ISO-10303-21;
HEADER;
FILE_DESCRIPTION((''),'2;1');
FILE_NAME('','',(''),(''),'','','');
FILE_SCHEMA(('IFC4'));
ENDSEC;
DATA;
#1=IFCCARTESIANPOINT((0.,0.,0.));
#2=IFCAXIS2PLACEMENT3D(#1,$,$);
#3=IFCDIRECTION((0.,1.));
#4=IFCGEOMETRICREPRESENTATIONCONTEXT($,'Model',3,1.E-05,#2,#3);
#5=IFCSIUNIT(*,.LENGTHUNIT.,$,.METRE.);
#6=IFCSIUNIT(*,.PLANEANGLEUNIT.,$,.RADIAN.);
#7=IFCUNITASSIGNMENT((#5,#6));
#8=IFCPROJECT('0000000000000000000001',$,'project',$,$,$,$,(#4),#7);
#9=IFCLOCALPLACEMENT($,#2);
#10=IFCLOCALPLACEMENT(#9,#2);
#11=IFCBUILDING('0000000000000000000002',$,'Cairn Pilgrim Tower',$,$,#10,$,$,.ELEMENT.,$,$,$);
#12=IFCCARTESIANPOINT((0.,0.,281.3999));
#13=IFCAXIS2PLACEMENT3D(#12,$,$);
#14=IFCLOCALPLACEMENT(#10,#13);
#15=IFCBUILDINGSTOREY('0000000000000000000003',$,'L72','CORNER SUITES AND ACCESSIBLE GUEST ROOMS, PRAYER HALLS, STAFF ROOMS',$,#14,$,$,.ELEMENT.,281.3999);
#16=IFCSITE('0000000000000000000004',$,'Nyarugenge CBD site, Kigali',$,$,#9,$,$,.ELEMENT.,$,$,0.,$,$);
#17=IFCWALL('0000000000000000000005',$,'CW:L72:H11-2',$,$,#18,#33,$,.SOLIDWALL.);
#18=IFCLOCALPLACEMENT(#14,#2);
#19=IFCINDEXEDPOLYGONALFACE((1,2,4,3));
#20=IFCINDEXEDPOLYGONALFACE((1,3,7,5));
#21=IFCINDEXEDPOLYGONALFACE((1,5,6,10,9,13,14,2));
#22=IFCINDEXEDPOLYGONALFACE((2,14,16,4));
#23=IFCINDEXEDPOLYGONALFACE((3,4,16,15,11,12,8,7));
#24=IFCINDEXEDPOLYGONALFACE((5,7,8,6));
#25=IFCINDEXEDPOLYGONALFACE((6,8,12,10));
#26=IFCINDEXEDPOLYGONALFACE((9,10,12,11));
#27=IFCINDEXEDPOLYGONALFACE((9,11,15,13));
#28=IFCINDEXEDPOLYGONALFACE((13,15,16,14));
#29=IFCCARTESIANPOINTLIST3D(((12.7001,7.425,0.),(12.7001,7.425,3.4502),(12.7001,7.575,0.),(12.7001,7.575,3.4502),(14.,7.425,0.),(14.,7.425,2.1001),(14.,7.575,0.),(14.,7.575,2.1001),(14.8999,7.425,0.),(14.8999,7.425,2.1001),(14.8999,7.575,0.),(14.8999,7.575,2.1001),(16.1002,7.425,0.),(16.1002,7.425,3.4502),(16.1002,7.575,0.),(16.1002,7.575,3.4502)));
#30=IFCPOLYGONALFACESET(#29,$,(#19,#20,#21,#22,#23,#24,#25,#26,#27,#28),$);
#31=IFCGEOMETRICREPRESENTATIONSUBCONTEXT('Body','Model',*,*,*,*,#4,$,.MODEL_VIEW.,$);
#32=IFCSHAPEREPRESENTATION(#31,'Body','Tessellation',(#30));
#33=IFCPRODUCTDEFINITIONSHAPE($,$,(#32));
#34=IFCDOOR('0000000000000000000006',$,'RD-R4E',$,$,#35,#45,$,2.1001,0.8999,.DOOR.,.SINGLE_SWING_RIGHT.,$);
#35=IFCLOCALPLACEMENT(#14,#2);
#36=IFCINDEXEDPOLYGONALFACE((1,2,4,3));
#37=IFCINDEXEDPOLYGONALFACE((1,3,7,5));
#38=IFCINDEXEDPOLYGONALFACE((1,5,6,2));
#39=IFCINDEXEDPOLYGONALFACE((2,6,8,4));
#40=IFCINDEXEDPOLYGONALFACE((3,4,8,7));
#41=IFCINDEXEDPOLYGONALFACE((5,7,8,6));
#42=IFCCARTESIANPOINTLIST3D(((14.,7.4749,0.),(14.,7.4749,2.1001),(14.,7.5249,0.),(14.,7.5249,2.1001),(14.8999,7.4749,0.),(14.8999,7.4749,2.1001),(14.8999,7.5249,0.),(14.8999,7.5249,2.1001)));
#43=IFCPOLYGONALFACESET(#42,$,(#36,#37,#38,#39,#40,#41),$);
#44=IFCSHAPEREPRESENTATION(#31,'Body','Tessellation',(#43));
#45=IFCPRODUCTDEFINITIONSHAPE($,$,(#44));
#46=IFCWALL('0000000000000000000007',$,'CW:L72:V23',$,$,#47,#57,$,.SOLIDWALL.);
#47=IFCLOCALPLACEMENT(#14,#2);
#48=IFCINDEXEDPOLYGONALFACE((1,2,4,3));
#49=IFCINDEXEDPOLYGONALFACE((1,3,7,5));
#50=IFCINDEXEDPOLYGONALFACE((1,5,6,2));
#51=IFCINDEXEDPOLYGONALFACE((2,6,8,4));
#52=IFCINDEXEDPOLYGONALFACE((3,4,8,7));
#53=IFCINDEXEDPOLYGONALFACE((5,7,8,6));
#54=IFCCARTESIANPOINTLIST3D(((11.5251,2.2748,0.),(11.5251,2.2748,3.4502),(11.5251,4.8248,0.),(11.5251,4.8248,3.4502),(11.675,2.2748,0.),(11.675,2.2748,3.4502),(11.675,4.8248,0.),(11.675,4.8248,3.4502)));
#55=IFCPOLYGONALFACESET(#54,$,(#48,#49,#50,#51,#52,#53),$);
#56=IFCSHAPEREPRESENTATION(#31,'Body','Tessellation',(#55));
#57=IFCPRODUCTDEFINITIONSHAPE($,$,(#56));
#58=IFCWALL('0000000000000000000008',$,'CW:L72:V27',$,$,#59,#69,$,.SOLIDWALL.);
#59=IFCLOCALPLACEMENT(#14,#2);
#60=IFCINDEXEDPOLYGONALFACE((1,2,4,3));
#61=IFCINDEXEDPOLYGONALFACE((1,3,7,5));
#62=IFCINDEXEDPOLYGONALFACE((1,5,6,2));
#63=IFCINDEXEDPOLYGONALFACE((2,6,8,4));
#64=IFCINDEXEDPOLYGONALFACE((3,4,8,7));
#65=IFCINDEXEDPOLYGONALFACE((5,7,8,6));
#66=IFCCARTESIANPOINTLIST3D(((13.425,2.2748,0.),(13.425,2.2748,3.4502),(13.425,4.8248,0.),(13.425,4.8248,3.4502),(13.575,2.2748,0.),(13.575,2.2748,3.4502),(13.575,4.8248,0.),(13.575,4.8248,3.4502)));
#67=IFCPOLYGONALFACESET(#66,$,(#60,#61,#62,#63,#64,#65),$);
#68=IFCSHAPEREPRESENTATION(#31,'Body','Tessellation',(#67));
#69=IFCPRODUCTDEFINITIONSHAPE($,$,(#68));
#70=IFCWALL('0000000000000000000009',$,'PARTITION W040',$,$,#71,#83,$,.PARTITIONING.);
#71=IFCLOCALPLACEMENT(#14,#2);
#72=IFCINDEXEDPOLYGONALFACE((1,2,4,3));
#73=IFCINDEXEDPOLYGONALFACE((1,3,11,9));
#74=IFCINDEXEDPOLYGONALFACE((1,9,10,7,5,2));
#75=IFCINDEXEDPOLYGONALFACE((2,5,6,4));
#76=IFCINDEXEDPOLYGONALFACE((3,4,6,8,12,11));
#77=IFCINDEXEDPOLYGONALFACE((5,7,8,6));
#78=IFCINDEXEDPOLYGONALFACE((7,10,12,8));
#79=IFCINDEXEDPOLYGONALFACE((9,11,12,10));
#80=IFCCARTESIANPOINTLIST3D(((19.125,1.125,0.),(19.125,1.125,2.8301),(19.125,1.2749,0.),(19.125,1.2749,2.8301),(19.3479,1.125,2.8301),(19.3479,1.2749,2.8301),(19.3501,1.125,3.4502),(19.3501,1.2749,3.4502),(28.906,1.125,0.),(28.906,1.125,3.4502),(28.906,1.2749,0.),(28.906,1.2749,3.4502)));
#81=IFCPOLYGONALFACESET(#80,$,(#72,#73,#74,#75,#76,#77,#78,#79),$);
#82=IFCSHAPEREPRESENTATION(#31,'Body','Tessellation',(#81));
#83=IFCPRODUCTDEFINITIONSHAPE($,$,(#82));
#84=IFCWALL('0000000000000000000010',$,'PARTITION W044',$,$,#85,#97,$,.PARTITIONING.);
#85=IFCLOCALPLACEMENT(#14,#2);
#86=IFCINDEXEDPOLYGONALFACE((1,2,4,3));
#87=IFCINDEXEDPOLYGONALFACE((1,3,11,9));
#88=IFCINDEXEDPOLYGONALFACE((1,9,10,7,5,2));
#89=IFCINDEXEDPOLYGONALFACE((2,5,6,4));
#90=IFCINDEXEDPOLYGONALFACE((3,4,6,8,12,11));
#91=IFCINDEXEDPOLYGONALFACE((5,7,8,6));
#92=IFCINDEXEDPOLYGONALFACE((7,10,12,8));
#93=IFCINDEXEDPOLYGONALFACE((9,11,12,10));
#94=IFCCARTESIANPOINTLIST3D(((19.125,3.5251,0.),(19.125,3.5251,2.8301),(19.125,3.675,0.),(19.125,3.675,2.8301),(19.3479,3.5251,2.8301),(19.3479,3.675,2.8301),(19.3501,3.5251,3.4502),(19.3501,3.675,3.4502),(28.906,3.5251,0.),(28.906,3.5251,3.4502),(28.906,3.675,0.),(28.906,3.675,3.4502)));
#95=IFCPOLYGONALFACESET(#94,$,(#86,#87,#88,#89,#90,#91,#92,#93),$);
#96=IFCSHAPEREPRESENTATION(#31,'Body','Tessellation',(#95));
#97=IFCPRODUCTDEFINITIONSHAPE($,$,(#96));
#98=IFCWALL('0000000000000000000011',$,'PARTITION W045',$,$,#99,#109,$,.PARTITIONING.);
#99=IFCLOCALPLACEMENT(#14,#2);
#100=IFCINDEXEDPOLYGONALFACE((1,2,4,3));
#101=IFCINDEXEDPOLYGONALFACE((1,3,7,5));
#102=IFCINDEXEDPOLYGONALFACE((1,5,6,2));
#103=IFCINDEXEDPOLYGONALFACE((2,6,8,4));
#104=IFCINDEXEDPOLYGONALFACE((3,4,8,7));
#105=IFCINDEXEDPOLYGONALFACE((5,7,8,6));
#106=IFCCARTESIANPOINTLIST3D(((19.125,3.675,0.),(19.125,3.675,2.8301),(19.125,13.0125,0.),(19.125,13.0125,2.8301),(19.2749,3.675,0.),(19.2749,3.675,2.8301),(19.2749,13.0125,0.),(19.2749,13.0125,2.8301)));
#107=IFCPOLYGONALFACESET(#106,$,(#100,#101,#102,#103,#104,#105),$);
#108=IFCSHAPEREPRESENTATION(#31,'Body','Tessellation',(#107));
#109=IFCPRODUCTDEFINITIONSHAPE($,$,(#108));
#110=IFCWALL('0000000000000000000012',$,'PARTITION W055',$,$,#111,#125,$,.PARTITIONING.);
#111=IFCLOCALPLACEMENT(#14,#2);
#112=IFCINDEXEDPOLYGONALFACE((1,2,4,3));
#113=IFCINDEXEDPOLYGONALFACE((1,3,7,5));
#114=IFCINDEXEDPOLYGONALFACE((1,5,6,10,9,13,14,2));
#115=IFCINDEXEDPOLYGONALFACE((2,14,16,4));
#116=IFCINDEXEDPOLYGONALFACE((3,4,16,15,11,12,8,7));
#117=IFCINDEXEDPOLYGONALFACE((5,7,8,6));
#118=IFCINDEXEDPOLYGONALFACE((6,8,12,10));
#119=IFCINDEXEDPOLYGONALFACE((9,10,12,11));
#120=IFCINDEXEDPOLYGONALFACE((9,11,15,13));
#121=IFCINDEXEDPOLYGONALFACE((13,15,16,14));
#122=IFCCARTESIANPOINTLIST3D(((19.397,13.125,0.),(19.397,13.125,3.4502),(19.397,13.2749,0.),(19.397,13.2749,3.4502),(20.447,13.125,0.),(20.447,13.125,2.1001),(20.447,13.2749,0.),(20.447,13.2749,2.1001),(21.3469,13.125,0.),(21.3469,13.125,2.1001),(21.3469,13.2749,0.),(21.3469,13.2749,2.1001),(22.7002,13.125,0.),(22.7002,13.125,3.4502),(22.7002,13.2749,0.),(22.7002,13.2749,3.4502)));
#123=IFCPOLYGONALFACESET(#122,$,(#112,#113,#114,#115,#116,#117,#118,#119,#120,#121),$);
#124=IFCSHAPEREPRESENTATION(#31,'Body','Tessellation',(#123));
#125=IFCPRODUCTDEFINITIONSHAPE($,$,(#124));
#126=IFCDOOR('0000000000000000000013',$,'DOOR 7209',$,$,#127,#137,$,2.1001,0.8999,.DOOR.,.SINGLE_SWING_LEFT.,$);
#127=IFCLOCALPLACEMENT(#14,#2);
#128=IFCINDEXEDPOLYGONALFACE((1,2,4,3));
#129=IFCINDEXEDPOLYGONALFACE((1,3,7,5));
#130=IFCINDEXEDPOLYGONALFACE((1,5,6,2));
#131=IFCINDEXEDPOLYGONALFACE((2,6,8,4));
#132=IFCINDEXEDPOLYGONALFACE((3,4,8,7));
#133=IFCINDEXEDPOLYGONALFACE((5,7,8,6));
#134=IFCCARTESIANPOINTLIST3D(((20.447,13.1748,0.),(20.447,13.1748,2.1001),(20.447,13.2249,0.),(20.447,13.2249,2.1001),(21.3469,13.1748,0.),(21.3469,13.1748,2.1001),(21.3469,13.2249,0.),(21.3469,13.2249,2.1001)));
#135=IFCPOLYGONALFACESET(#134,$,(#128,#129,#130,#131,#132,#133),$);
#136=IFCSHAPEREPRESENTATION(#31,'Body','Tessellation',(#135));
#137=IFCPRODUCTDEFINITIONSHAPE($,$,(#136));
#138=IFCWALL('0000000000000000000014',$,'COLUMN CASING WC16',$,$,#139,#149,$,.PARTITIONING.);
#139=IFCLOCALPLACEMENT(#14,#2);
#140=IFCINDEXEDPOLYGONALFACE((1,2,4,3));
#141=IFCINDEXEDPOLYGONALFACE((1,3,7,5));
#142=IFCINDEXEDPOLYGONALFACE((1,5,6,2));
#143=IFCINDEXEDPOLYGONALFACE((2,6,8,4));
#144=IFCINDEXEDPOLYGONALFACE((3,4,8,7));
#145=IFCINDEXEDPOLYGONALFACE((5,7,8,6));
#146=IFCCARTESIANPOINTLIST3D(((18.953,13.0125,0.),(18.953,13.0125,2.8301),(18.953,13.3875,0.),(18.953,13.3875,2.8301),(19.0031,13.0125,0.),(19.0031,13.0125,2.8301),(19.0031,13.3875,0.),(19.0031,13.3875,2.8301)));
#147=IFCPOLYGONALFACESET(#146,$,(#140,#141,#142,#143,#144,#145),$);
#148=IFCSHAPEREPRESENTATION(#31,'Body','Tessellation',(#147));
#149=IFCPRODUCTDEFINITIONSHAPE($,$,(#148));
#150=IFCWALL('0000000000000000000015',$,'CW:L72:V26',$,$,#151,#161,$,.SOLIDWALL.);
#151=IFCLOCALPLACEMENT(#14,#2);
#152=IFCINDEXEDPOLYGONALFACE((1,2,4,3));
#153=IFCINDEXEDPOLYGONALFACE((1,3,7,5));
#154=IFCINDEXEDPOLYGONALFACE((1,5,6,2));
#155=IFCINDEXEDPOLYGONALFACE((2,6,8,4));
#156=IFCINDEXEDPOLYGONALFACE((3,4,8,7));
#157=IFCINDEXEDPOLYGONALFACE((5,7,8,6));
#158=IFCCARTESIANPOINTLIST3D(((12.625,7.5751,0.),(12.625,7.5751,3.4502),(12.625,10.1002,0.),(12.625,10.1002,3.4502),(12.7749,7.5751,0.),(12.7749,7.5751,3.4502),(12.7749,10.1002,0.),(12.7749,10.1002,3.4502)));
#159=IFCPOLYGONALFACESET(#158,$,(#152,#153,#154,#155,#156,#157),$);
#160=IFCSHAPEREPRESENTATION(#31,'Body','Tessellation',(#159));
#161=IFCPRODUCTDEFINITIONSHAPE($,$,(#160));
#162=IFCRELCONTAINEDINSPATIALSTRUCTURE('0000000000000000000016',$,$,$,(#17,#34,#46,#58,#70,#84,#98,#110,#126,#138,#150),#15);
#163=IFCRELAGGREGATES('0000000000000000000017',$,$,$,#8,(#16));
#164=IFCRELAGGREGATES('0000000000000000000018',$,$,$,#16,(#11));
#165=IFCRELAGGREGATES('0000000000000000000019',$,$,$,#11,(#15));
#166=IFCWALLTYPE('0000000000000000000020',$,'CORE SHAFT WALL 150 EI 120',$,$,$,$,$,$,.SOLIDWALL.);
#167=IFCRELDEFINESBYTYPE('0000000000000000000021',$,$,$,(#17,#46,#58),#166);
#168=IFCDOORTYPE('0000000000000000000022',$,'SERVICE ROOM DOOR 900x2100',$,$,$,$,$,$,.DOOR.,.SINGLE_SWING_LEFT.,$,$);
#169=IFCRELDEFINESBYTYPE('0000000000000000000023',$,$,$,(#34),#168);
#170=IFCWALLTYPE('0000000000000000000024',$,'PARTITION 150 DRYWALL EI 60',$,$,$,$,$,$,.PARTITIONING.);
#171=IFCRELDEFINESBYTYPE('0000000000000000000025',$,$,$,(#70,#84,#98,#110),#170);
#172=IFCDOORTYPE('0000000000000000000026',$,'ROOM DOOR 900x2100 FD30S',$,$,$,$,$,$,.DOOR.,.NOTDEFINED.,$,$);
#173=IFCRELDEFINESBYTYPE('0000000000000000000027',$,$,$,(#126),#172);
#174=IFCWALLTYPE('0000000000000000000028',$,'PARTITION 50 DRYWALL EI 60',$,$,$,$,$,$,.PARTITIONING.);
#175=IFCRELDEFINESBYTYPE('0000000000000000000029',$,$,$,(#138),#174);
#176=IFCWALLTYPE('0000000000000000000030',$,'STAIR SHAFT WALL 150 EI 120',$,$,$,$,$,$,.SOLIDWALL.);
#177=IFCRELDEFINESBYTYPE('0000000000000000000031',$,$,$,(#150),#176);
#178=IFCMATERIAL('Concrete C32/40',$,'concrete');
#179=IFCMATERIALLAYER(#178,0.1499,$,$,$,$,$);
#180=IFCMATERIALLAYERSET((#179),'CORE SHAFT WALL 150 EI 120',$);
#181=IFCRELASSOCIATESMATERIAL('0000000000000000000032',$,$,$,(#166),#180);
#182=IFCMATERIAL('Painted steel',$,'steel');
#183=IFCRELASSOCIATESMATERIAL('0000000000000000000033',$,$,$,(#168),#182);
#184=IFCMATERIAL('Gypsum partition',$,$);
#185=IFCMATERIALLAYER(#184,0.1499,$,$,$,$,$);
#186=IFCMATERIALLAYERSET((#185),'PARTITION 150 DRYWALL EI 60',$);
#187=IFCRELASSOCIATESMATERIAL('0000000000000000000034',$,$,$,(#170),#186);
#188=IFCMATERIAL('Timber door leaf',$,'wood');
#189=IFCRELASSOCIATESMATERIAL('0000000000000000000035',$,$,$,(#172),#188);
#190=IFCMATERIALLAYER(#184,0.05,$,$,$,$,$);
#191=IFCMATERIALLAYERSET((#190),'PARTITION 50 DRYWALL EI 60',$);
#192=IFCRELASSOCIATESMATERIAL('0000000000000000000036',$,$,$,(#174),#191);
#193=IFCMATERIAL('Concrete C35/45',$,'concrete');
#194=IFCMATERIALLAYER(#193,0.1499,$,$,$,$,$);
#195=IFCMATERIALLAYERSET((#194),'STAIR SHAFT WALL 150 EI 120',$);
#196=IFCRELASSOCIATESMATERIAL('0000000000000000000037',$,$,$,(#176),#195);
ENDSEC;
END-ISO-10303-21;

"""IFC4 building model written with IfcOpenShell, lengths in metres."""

from ifc_helpers import new_model, si_unit, direction, frame, frame_2d, origin, place, context, subcontext, project, spatial, polyline, rectangle, outline, extrude, material, layer, layer_set, type_object, element, fill, save


model = new_model("IFC4")

# Units and contexts
model_context = context("Model", 3, precision=1e-05, world=origin(), true_north=direction((0.0, 1.0)))
body_context = subcontext(model_context, "Body", "Model", "MODEL_VIEW")
ifc_project = project(units=[si_unit("LENGTHUNIT", "METRE"), si_unit("PLANEANGLEUNIT", "RADIAN")], contexts=[model_context])

# Site, building, storey
site_placement = place(None, origin())
site = spatial("IfcSite", under=ifc_project, at=site_placement, Name="Nyarugenge CBD site, Kigali", CompositionType="ELEMENT", RefElevation=0.0)
building_placement = place(site_placement, origin())
building = spatial("IfcBuilding", under=site, at=building_placement, Name="Cairn Pilgrim Tower", CompositionType="ELEMENT")
storey_placement = place(building_placement, frame((0.0, 0.0, 281.3999)))
storey = spatial("IfcBuildingStorey", under=building, at=storey_placement, Name="L72", Description="CORNER SUITES AND ACCESSIBLE GUEST ROOMS, PRAYER HALLS, STAFF ROOMS", CompositionType="ELEMENT", Elevation=281.3999)

# Shared definitions
ifc_material_1 = material(Name="Concrete C32/40", Category="concrete")

# Wall, opening, door
ifc_layer_1 = layer(ifc_material_1, 0.1499)
ifc_layer_set_1 = layer_set([ifc_layer_1], Name="CORE SHAFT WALL 150 EI 120")
wall_type_1 = type_object("IfcWallType", Name="CORE SHAFT WALL 150 EI 120", PredefinedType="SOLIDWALL", material=ifc_layer_set_1)
wall_1_placement = place(storey_placement, frame((12.7, 7.5, 0.0), z_axis=(0.0, 0.0, 1.0), x_axis=(1.0, 0.0, 0.0)))
wall_1 = element("IfcWall", 1, at=wall_1_placement, inside=storey, type_object=wall_type_1, Name="CW:L72:H11-2", PredefinedType="SOLIDWALL", context=body_context, shape_type="SweptSolid", body=[
    extrude(rectangle(XDim=3.4001, YDim=0.1499, at=frame_2d((1.7002, 0.0))), origin(), (0.0, 0.0, 1.0), 3.4502),
])
opening_1_placement = place(wall_1_placement, frame((1.3, 0.0, 0.0)))
opening_1 = element("IfcOpeningElement", 2, at=opening_1_placement, cuts=wall_1, PredefinedType="OPENING", context=body_context, shape_type="SweptSolid", body=[
    extrude(rectangle(XDim=0.8999, YDim=2.1001, at=frame_2d((0.45, 1.05))), frame((0.0, 0.085, 0.0), z_axis=(0.0, -1.0, 0.0), x_axis=(1.0, 0.0, 0.0)), (0.0, 0.0, 1.0), 0.1699),
])
ifc_material_2 = material(Name="Painted steel", Category="steel")
door_type_1 = type_object("IfcDoorType", Name="SERVICE ROOM DOOR 900x2100", OperationType="SINGLE_SWING_LEFT", PredefinedType="DOOR", material=ifc_material_2)
door_1_placement = place(opening_1_placement, origin())
door_1 = element("IfcDoor", 3, at=door_1_placement, inside=storey, type_object=door_type_1, Name="RD-R4E", OperationType="SINGLE_SWING_RIGHT", OverallHeight=2.1001, OverallWidth=0.8999, PredefinedType="DOOR", context=body_context, shape_type="SweptSolid", body=[
    extrude(rectangle(XDim=0.8999, YDim=2.1001, at=frame_2d((0.45, 1.05))), frame((0.0, 0.0249, 0.0), z_axis=(0.0, -1.0, 0.0), x_axis=(1.0, 0.0, 0.0)), (0.0, 0.0, 1.0), 0.05),
])
fill(opening_1, door_1)

# Walls
for number, where, z_axis, x_axis, name in (
    (4, (11.6001, 2.2749, 0.0), (0.0, 0.0, 1.0), (0.0, 1.0, 0.0), "CW:L72:V23"),
    (5, (13.5, 2.2749, 0.0), (0.0, 0.0, 1.0), (0.0, 1.0, 0.0), "CW:L72:V27"),
):
    element("IfcWall", number, at=place(storey_placement, frame(where, z_axis=z_axis, x_axis=x_axis)), inside=storey, type_object=wall_type_1, Name=name, PredefinedType="SOLIDWALL", context=body_context, shape_type="SweptSolid", body=[
        extrude(rectangle(XDim=2.55, YDim=0.1499, at=frame_2d((1.2749, 0.0))), origin(), (0.0, 0.0, 1.0), 3.4502),
    ])
ifc_material_3 = material(Name="Gypsum partition")
ifc_layer_2 = layer(ifc_material_3, 0.1499)
ifc_layer_set_2 = layer_set([ifc_layer_2], Name="PARTITION 150 DRYWALL EI 60")
wall_type_2 = type_object("IfcWallType", Name="PARTITION 150 DRYWALL EI 60", PredefinedType="PARTITIONING", material=ifc_layer_set_2)
for number, where, z_axis, x_axis, name in (
    (6, (19.125, 1.2, 0.0), (0.0, 0.0, 1.0), (1.0, 0.0, 0.0), "PARTITION W040"),
    (7, (19.125, 3.6001, 0.0), (0.0, 0.0, 1.0), (1.0, 0.0, 0.0), "PARTITION W044"),
):
    element("IfcWall", number, at=place(storey_placement, frame(where, z_axis=z_axis, x_axis=x_axis)), inside=storey, type_object=wall_type_2, Name=name, PredefinedType="PARTITIONING", context=body_context, shape_type="SweptSolid", body=[
        extrude(outline(polyline([(0.0, 0.0), (9.781, 0.0), (9.781, 3.4502), (0.2251, 3.4502), (0.2229, 2.8301), (0.0, 2.8301), (0.0, 0.0)])), frame((0.0, 0.075, 0.0), z_axis=(0.0, -1.0, 0.0), x_axis=(1.0, 0.0, 0.0)), (0.0, 0.0, 1.0), 0.1499),
    ])
wall_2_placement = place(storey_placement, frame((19.2, 3.675, 0.0), z_axis=(0.0, 0.0, 1.0), x_axis=(0.0, 1.0, 0.0)))
element("IfcWall", 8, at=wall_2_placement, inside=storey, type_object=wall_type_2, Name="PARTITION W045", PredefinedType="PARTITIONING", context=body_context, shape_type="SweptSolid", body=[
    extrude(rectangle(XDim=9.3374, YDim=0.1499, at=frame_2d((4.6687, 0.0))), origin(), (0.0, 0.0, 1.0), 2.8301),
])

# Wall, opening, door
wall_3_placement = place(storey_placement, frame((19.397, 13.2, 0.0), z_axis=(0.0, 0.0, 1.0), x_axis=(1.0, 0.0, 0.0)))
wall_3 = element("IfcWall", 9, at=wall_3_placement, inside=storey, type_object=wall_type_2, Name="PARTITION W055", PredefinedType="PARTITIONING", context=body_context, shape_type="SweptSolid", body=[
    extrude(rectangle(XDim=3.3032, YDim=0.1499, at=frame_2d((1.6516, 0.0))), origin(), (0.0, 0.0, 1.0), 3.4502),
])
opening_2_placement = place(wall_3_placement, frame((1.05, 0.0, 0.0)))
opening_2 = element("IfcOpeningElement", 10, at=opening_2_placement, cuts=wall_3, PredefinedType="OPENING", context=body_context, shape_type="SweptSolid", body=[
    extrude(rectangle(XDim=0.8999, YDim=2.1001, at=frame_2d((0.45, 1.05))), frame((0.0, 0.085, 0.0), z_axis=(0.0, -1.0, 0.0), x_axis=(1.0, 0.0, 0.0)), (0.0, 0.0, 1.0), 0.1699),
])
ifc_material_4 = material(Name="Timber door leaf", Category="wood")
door_type_2 = type_object("IfcDoorType", Name="ROOM DOOR 900x2100 FD30S", OperationType="NOTDEFINED", PredefinedType="DOOR", material=ifc_material_4)
door_2_placement = place(opening_2_placement, origin())
door_2 = element("IfcDoor", 11, at=door_2_placement, inside=storey, type_object=door_type_2, Name="DOOR 7209", OperationType="SINGLE_SWING_LEFT", OverallHeight=2.1001, OverallWidth=0.8999, PredefinedType="DOOR", context=body_context, shape_type="SweptSolid", body=[
    extrude(rectangle(XDim=0.8999, YDim=2.1001, at=frame_2d((0.45, 1.05))), frame((0.0, 0.0249, 0.0), z_axis=(0.0, -1.0, 0.0), x_axis=(1.0, 0.0, 0.0)), (0.0, 0.0, 1.0), 0.05),
])
fill(opening_2, door_2)

# Walls
ifc_layer_3 = layer(ifc_material_3, 0.05)
ifc_layer_set_3 = layer_set([ifc_layer_3], Name="PARTITION 50 DRYWALL EI 60")
wall_type_3 = type_object("IfcWallType", Name="PARTITION 50 DRYWALL EI 60", PredefinedType="PARTITIONING", material=ifc_layer_set_3)
wall_4_placement = place(storey_placement, frame((18.978, 13.0125, 0.0), z_axis=(0.0, 0.0, 1.0), x_axis=(0.0, 1.0, 0.0)))
element("IfcWall", 12, at=wall_4_placement, inside=storey, type_object=wall_type_3, Name="COLUMN CASING WC16", PredefinedType="PARTITIONING", context=body_context, shape_type="SweptSolid", body=[
    extrude(rectangle(XDim=0.375, YDim=0.05, at=frame_2d((0.1875, 0.0))), origin(), (0.0, 0.0, 1.0), 2.8301),
])
ifc_material_5 = material(Name="Concrete C35/45", Category="concrete")
ifc_layer_4 = layer(ifc_material_5, 0.1499)
ifc_layer_set_4 = layer_set([ifc_layer_4], Name="STAIR SHAFT WALL 150 EI 120")
wall_type_4 = type_object("IfcWallType", Name="STAIR SHAFT WALL 150 EI 120", PredefinedType="SOLIDWALL", material=ifc_layer_set_4)
wall_5_placement = place(storey_placement, frame((12.7, 7.575, 0.0), z_axis=(0.0, 0.0, 1.0), x_axis=(0.0, 1.0, 0.0)))
element("IfcWall", 13, at=wall_5_placement, inside=storey, type_object=wall_type_4, Name="CW:L72:V26", PredefinedType="SOLIDWALL", context=body_context, shape_type="SweptSolid", body=[
    extrude(rectangle(XDim=2.5251, YDim=0.1499, at=frame_2d((1.2627, 0.0))), origin(), (0.0, 0.0, 1.0), 3.4502),
])

save(model, "model.ifc")
